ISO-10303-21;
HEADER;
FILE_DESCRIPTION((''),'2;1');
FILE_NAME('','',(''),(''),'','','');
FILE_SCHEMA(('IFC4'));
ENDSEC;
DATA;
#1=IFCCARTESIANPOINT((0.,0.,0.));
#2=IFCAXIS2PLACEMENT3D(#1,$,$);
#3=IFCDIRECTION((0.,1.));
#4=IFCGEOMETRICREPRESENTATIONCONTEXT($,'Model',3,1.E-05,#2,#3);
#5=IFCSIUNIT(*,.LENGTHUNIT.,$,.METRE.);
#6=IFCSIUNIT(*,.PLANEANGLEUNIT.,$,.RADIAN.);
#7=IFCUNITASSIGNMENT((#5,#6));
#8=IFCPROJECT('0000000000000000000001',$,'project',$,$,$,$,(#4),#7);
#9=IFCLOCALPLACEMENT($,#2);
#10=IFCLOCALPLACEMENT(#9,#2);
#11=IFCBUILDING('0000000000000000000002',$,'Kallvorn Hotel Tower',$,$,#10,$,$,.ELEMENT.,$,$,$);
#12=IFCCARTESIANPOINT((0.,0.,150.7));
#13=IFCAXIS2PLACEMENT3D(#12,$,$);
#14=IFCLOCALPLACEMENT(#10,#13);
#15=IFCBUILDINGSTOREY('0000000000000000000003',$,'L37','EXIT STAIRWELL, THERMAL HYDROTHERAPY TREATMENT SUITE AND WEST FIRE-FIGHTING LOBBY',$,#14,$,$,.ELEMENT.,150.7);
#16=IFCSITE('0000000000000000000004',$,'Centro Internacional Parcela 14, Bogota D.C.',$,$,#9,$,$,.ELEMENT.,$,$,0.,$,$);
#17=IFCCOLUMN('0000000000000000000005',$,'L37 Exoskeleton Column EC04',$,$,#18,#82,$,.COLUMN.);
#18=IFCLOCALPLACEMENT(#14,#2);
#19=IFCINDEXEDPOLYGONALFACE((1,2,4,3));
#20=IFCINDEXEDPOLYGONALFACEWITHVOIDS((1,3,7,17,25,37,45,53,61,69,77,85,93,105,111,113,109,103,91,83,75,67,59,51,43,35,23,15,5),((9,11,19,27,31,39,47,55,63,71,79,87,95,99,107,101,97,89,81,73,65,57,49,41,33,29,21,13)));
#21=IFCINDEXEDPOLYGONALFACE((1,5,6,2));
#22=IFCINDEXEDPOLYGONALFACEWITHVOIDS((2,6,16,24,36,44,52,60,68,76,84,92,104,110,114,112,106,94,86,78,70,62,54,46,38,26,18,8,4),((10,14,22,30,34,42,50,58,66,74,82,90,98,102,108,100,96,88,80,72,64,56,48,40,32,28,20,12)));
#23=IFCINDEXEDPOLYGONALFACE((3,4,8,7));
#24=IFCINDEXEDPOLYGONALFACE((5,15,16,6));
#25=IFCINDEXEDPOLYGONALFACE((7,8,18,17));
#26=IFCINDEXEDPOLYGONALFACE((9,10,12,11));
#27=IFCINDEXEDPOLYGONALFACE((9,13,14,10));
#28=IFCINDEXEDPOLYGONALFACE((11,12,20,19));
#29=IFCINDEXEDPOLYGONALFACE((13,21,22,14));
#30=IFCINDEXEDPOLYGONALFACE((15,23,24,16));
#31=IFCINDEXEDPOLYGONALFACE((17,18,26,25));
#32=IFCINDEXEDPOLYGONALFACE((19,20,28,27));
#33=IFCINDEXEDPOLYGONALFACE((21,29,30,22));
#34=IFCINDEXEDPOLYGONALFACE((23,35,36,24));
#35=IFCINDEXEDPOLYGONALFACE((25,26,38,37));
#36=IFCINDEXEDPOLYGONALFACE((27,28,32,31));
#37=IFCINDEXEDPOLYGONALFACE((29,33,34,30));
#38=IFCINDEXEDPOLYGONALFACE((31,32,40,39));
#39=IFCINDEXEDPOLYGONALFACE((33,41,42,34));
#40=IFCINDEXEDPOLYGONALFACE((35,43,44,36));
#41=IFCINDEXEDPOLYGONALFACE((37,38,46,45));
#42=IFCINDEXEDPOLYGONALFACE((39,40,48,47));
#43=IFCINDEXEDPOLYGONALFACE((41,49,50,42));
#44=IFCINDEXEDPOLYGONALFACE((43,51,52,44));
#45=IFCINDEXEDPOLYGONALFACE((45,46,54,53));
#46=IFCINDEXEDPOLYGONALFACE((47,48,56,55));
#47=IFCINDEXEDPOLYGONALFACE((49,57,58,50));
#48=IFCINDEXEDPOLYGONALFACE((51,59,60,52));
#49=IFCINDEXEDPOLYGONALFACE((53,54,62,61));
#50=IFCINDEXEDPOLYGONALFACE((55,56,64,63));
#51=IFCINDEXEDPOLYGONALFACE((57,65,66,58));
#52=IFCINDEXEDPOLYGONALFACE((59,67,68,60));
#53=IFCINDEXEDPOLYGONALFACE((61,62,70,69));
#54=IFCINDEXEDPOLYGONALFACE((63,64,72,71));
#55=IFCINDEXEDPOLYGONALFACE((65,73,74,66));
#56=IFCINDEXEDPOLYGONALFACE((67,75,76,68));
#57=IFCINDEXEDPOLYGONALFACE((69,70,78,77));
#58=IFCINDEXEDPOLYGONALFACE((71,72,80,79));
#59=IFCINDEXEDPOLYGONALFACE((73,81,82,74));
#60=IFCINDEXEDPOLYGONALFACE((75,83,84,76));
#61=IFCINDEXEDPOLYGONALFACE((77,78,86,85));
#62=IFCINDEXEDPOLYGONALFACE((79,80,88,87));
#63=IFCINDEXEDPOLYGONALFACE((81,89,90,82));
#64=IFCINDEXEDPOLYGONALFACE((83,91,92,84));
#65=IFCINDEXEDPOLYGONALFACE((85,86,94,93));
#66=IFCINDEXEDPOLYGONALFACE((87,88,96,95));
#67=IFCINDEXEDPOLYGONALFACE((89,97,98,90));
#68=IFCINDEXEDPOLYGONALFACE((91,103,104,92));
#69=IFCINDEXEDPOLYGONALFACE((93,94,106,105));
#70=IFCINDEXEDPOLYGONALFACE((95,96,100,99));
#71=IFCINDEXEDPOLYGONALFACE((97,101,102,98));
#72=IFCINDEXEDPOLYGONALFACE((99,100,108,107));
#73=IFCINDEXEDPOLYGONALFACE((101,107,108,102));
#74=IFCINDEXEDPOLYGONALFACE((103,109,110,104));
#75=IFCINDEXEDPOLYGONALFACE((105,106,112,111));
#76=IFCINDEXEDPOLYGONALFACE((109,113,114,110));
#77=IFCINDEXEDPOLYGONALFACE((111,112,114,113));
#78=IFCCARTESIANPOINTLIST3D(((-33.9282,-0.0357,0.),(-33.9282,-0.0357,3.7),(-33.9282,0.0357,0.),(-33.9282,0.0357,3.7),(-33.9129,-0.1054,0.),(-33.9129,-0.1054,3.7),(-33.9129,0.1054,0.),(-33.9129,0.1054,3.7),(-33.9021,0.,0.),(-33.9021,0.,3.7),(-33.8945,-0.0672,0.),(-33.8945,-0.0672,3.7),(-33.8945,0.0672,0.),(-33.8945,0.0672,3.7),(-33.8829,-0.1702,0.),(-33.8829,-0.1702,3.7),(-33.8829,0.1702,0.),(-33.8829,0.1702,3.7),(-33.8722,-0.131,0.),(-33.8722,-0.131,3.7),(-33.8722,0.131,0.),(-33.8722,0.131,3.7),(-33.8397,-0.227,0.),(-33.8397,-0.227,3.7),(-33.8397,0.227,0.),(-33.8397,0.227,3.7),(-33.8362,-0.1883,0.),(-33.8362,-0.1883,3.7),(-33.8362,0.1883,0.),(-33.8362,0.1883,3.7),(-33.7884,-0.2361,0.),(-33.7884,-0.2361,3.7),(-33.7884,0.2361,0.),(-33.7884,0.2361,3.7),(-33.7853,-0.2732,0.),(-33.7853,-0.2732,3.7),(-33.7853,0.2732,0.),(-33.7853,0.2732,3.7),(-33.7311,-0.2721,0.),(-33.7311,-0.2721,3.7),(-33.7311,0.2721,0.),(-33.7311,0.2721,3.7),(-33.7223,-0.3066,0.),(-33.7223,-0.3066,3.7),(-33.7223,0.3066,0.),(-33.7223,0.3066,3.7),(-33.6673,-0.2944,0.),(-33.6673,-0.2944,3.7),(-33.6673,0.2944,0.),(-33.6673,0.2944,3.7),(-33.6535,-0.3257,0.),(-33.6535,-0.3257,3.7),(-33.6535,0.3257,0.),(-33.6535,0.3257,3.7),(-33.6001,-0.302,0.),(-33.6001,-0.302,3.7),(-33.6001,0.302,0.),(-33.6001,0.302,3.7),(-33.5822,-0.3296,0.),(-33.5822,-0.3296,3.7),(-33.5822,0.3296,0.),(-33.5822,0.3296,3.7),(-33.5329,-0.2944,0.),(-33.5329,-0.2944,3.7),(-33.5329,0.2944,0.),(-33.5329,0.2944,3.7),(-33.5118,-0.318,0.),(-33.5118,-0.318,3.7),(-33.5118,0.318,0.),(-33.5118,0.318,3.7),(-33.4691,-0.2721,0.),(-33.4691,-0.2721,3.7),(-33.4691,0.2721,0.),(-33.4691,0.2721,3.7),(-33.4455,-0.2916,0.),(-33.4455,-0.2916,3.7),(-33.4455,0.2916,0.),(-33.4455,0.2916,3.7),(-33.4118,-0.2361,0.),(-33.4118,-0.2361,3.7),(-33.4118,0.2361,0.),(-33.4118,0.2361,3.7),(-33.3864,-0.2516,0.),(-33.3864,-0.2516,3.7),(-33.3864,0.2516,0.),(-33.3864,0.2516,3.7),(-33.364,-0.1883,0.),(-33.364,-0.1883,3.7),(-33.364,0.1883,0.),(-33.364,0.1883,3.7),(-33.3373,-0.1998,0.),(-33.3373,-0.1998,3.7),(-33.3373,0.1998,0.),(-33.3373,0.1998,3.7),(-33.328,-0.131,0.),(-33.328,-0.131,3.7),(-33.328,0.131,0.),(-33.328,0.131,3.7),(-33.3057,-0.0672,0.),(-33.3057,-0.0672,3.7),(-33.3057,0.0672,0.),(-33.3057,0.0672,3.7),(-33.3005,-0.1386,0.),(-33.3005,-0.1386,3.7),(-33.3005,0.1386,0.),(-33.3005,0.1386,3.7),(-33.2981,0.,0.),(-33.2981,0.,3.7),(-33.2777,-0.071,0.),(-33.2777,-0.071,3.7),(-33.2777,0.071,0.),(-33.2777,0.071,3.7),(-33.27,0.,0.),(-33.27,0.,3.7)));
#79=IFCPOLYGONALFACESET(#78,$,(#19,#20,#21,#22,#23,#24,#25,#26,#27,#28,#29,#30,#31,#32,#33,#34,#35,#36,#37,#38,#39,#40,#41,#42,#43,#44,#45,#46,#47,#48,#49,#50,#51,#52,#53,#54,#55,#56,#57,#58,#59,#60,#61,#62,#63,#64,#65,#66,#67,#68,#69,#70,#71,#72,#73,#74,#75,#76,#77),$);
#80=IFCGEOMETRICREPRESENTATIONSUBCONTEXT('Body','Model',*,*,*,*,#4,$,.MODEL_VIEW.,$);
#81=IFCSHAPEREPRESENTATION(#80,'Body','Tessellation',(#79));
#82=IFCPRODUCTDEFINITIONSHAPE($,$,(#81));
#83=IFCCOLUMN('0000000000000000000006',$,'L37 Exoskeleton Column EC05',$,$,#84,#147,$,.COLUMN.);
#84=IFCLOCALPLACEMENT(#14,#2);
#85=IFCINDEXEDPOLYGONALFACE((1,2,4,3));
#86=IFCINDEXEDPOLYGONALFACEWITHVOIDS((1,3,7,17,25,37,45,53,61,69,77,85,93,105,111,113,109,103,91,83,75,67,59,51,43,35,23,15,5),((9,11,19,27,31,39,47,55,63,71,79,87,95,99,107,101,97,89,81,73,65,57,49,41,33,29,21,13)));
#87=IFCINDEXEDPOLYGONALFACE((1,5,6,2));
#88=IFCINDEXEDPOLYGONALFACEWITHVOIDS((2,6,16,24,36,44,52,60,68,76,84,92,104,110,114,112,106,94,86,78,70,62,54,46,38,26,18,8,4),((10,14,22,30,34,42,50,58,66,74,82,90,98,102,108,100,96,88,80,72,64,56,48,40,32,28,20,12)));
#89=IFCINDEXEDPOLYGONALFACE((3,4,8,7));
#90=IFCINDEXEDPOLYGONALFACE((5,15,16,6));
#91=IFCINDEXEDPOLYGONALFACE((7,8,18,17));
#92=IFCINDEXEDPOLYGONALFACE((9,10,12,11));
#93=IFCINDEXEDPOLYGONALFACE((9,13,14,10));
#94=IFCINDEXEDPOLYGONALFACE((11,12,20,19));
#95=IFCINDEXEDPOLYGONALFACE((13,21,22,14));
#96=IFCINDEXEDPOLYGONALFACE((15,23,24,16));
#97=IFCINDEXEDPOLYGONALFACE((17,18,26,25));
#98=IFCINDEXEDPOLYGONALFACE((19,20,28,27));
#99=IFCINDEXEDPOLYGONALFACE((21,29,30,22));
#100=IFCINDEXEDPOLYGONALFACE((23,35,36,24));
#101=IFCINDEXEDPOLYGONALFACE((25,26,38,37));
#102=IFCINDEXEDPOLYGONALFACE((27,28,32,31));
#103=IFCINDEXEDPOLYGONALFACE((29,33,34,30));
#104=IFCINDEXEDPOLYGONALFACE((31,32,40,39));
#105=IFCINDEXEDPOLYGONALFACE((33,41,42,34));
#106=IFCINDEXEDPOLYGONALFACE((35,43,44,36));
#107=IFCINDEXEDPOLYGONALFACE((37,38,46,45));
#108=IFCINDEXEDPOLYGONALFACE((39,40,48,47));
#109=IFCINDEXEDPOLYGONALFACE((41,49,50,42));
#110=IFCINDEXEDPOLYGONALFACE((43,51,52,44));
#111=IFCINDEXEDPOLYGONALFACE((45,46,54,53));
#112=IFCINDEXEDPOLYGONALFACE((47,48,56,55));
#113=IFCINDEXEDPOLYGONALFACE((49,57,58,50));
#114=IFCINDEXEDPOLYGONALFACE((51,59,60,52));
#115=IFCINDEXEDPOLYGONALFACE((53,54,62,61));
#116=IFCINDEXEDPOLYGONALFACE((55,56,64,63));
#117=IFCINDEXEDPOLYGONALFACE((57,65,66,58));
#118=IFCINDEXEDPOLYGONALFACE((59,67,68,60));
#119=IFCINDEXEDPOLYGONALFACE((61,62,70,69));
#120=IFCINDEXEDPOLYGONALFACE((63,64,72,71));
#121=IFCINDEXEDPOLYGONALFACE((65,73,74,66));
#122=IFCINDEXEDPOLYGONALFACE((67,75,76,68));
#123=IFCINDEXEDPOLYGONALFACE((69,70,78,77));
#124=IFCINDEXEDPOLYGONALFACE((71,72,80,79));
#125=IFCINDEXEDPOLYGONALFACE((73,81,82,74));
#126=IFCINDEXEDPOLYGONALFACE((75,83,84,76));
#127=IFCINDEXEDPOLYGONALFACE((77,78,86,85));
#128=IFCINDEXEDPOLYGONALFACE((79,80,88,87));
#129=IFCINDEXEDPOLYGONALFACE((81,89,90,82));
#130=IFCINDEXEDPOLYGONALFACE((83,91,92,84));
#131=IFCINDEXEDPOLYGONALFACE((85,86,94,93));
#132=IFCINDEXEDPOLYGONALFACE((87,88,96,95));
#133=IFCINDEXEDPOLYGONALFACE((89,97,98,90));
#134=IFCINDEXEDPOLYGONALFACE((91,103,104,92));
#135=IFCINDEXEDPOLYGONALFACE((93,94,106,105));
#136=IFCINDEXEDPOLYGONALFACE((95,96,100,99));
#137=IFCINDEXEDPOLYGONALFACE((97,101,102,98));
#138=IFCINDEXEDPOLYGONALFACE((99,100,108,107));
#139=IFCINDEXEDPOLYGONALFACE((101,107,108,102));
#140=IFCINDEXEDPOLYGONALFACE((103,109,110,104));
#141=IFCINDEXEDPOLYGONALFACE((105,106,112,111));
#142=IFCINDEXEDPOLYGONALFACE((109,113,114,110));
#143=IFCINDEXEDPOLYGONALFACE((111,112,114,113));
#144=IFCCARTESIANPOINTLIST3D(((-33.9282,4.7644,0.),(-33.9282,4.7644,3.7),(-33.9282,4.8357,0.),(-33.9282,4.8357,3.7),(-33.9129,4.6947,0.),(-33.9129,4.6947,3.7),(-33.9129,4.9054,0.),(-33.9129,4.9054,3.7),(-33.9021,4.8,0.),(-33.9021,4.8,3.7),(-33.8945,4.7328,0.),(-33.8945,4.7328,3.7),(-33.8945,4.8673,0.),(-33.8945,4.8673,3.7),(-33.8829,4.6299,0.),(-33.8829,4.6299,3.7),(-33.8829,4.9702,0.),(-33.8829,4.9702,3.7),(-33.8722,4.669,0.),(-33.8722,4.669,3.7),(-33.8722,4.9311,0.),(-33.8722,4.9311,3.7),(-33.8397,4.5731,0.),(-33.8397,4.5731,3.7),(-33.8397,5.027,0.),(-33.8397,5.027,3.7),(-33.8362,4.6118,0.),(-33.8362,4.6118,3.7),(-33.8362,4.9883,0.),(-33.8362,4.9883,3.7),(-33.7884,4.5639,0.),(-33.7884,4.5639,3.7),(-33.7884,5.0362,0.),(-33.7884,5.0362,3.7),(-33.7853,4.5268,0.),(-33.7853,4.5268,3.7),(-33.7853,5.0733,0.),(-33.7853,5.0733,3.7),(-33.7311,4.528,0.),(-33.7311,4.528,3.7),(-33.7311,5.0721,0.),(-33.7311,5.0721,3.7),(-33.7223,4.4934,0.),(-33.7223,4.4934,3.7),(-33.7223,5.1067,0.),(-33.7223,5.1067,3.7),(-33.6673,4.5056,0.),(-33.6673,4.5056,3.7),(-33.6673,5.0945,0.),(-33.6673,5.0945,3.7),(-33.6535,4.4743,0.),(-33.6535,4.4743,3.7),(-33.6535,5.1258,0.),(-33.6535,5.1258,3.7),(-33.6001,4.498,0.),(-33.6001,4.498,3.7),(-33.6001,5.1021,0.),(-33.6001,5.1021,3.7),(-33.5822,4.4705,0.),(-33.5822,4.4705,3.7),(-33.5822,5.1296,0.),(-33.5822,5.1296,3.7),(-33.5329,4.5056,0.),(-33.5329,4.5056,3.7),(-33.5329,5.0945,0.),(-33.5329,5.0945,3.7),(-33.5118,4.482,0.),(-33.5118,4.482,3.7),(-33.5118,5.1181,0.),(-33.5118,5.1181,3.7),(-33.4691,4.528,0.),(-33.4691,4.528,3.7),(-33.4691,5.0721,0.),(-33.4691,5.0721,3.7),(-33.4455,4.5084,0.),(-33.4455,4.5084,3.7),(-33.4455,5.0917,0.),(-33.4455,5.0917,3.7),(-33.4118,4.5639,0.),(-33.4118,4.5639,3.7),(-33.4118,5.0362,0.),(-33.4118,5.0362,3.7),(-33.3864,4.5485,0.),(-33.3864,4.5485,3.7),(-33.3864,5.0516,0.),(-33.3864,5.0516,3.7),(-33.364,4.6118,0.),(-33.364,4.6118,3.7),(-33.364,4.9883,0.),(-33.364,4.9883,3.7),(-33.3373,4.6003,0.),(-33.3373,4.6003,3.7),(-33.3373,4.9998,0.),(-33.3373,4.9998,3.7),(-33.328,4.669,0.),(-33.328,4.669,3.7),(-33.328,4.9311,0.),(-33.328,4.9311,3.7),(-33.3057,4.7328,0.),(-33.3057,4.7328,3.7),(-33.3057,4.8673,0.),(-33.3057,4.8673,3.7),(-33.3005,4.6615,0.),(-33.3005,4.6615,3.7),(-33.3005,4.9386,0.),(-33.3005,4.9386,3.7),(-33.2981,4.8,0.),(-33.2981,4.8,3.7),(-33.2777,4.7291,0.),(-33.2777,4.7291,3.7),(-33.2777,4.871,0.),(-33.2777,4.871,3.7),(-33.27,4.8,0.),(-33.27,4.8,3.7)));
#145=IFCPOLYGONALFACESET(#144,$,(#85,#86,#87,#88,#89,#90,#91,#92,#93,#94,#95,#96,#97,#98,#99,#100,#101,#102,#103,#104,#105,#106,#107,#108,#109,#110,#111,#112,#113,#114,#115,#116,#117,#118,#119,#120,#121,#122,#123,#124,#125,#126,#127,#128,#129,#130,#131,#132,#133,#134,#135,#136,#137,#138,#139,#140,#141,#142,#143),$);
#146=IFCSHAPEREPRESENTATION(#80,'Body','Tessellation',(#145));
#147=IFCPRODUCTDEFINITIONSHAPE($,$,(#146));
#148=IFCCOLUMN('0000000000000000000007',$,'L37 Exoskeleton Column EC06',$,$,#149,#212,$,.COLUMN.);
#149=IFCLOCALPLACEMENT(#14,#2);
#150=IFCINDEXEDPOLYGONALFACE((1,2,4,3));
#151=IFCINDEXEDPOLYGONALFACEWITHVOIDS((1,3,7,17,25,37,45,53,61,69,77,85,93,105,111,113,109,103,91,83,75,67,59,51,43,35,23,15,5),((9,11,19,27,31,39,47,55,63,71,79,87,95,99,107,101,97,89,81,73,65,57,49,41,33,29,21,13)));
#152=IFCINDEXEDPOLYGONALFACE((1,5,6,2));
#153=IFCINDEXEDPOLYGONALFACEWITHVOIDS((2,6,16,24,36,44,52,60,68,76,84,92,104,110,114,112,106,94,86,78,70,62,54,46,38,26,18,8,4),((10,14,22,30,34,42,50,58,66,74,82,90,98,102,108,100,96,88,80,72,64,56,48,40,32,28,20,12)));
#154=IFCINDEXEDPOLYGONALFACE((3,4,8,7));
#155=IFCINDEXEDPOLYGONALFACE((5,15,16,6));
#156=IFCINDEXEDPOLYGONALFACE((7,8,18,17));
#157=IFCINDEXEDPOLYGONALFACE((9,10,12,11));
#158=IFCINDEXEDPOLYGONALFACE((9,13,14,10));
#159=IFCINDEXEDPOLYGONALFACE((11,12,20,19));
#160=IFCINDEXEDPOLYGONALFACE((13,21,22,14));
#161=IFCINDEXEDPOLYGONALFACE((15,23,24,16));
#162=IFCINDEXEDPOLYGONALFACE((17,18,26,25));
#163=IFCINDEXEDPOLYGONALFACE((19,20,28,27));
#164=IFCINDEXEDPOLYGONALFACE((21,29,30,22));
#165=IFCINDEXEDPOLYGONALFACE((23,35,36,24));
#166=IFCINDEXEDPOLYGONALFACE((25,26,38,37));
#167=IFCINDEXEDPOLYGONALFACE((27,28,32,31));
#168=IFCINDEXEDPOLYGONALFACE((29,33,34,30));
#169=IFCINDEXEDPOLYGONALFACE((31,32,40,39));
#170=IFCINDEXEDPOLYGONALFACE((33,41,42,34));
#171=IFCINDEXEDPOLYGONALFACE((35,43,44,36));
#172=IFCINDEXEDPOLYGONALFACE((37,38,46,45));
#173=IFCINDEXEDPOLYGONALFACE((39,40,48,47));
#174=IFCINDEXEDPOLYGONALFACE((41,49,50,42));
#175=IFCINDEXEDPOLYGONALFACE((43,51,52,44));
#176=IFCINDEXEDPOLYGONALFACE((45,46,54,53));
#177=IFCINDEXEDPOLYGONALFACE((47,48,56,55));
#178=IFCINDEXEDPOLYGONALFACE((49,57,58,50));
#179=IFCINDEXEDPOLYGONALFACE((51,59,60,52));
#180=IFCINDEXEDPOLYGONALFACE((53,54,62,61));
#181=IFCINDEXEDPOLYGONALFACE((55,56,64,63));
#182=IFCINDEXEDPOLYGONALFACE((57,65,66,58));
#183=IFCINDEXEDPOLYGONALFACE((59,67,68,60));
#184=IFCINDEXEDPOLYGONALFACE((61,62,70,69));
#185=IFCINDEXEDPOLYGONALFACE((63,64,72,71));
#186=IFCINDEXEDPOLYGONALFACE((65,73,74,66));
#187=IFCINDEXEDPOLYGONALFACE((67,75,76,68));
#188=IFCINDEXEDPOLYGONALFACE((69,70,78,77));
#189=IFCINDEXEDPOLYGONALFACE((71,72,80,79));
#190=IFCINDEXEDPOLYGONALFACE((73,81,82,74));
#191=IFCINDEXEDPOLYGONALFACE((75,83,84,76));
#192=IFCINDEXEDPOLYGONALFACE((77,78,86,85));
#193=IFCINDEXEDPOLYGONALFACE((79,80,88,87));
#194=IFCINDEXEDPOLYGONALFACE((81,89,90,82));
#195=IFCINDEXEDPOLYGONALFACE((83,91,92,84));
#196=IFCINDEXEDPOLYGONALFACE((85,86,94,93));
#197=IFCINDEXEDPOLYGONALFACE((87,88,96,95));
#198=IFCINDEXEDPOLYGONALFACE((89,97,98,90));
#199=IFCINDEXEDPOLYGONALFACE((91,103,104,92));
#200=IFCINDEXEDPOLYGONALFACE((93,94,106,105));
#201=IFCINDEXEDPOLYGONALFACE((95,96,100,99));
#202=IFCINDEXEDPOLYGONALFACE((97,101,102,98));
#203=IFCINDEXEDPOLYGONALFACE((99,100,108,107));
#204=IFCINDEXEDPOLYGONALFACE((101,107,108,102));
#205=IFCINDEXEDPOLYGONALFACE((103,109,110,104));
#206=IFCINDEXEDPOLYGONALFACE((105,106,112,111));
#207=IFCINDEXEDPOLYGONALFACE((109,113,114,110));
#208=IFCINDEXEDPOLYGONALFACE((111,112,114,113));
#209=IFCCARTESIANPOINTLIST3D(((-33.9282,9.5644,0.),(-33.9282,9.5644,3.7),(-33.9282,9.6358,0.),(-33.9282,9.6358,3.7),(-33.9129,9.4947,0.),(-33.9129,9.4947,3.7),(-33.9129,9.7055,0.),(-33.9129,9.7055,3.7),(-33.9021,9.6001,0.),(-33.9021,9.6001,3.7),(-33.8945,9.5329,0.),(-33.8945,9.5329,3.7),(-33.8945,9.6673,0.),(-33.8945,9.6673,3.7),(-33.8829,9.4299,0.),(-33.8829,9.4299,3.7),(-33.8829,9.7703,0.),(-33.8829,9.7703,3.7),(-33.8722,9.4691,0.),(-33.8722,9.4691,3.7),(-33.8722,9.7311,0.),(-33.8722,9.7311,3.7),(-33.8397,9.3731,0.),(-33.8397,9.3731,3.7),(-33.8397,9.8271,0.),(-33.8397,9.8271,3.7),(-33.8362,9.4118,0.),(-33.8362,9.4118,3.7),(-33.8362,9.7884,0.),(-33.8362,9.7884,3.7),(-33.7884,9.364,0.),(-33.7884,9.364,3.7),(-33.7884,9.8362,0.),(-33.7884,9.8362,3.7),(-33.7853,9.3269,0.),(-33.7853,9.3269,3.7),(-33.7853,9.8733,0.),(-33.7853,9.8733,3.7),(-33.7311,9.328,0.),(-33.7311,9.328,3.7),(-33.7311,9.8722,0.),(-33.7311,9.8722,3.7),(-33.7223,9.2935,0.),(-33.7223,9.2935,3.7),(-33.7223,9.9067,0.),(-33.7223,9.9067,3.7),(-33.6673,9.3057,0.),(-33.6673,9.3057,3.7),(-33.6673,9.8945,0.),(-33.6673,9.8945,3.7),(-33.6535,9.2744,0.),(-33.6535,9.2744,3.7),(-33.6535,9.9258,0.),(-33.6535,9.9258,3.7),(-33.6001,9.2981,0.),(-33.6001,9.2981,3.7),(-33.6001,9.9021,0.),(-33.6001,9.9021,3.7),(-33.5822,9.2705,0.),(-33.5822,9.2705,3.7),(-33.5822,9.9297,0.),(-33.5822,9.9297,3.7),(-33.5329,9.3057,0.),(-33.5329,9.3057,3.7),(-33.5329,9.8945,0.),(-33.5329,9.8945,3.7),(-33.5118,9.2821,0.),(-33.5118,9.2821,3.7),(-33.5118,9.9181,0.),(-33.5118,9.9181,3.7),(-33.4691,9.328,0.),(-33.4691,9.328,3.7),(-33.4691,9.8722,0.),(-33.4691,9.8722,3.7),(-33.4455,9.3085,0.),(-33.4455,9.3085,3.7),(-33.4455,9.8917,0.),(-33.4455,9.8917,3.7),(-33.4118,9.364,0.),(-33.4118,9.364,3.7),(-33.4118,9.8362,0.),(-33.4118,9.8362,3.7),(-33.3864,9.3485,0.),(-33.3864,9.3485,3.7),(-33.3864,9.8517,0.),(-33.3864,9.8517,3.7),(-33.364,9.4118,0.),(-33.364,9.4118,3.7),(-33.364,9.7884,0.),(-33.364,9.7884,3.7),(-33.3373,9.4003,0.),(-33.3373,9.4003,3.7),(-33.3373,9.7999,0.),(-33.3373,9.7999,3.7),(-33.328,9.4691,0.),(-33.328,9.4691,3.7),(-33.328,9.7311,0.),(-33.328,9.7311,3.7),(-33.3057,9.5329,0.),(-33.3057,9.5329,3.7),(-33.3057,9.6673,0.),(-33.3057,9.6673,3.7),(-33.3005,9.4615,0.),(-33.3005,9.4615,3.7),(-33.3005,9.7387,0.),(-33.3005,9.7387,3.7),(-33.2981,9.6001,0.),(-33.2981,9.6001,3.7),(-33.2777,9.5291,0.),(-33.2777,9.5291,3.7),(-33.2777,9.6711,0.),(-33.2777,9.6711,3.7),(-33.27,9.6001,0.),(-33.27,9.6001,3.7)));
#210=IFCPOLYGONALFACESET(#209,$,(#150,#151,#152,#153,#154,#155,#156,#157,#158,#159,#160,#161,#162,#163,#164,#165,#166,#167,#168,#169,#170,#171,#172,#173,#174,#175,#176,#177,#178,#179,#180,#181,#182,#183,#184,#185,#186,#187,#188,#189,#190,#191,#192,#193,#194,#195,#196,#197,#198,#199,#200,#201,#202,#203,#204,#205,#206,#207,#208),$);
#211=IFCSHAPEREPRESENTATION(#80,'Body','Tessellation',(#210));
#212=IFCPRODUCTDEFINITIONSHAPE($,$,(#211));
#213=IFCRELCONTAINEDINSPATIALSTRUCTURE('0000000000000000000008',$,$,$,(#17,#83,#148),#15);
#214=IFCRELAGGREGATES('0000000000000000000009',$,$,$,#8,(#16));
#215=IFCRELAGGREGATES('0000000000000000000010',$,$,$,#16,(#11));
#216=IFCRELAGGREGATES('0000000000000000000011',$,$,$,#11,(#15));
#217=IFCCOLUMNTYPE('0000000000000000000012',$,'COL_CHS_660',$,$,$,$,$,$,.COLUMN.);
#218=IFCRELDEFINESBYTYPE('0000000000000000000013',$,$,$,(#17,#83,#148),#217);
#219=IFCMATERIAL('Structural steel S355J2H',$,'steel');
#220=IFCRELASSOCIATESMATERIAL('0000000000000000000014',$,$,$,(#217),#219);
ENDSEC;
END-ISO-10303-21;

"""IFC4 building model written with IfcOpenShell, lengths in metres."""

from ifc_helpers import new_model, si_unit, direction, frame, origin, origin_2d, place, context, subcontext, project, spatial, hollow_circle, extrude, material, material_profile, profile_set, type_object, element, save


model = new_model("IFC4")

# Units and contexts
model_context = context("Model", 3, precision=1e-05, world=origin(), true_north=direction((0.0, 1.0)))
body_context = subcontext(model_context, "Body", "Model", "MODEL_VIEW")
ifc_project = project(units=[si_unit("LENGTHUNIT", "METRE"), si_unit("PLANEANGLEUNIT", "RADIAN")], contexts=[model_context])

# Site, building, storey
site_placement = place(None, origin())
site = spatial("IfcSite", under=ifc_project, at=site_placement, Name="Centro Internacional Parcela 14, Bogota D.C.", CompositionType="ELEMENT", RefElevation=0.0)
building_placement = place(site_placement, origin())
building = spatial("IfcBuilding", under=site, at=building_placement, Name="Kallvorn Hotel Tower", CompositionType="ELEMENT")
storey_placement = place(building_placement, frame((0.0, 0.0, 150.7)))
storey = spatial("IfcBuildingStorey", under=building, at=storey_placement, Name="L37", Description="EXIT STAIRWELL, THERMAL HYDROTHERAPY TREATMENT SUITE AND WEST FIRE-FIGHTING LOBBY", CompositionType="ELEMENT", Elevation=150.7)

# Columns
ifc_material_1 = material(Name="Structural steel S355J2H", Category="steel")
ifc_material_profile_1 = material_profile(ifc_material_1, hollow_circle(Radius=0.3301, WallThickness=0.0281, at=origin_2d()), Name="CHS 660x28")
ifc_profile_set_1 = profile_set([ifc_material_profile_1], Name="Structural steel S355J2H")
column_type_1 = type_object("IfcColumnType", Name="COL_CHS_660", PredefinedType="COLUMN", material=ifc_profile_set_1)
for number, where, z_axis, x_axis, name in (
    (1, (-33.6001, 0.0, 0.0), (0.0, 0.0, 1.0), (1.0, 0.0, 0.0), "L37 Exoskeleton Column EC04"),
    (2, (-33.6001, 4.8, 0.0), (0.0, 0.0, 1.0), (1.0, 0.0, 0.0), "L37 Exoskeleton Column EC05"),
    (3, (-33.6001, 9.6001, 0.0), (0.0, 0.0, 1.0), (1.0, 0.0, 0.0), "L37 Exoskeleton Column EC06"),
):
    element("IfcColumn", number, at=place(storey_placement, frame(where, z_axis=z_axis, x_axis=x_axis)), inside=storey, type_object=column_type_1, Name=name, PredefinedType="COLUMN", context=body_context, shape_type="SweptSolid", body=[
        extrude(hollow_circle(Radius=0.3301, WallThickness=0.0281, at=origin_2d()), origin(), (0.0, 0.0, 1.0), 3.7),
    ])

save(model, "model.ifc")
